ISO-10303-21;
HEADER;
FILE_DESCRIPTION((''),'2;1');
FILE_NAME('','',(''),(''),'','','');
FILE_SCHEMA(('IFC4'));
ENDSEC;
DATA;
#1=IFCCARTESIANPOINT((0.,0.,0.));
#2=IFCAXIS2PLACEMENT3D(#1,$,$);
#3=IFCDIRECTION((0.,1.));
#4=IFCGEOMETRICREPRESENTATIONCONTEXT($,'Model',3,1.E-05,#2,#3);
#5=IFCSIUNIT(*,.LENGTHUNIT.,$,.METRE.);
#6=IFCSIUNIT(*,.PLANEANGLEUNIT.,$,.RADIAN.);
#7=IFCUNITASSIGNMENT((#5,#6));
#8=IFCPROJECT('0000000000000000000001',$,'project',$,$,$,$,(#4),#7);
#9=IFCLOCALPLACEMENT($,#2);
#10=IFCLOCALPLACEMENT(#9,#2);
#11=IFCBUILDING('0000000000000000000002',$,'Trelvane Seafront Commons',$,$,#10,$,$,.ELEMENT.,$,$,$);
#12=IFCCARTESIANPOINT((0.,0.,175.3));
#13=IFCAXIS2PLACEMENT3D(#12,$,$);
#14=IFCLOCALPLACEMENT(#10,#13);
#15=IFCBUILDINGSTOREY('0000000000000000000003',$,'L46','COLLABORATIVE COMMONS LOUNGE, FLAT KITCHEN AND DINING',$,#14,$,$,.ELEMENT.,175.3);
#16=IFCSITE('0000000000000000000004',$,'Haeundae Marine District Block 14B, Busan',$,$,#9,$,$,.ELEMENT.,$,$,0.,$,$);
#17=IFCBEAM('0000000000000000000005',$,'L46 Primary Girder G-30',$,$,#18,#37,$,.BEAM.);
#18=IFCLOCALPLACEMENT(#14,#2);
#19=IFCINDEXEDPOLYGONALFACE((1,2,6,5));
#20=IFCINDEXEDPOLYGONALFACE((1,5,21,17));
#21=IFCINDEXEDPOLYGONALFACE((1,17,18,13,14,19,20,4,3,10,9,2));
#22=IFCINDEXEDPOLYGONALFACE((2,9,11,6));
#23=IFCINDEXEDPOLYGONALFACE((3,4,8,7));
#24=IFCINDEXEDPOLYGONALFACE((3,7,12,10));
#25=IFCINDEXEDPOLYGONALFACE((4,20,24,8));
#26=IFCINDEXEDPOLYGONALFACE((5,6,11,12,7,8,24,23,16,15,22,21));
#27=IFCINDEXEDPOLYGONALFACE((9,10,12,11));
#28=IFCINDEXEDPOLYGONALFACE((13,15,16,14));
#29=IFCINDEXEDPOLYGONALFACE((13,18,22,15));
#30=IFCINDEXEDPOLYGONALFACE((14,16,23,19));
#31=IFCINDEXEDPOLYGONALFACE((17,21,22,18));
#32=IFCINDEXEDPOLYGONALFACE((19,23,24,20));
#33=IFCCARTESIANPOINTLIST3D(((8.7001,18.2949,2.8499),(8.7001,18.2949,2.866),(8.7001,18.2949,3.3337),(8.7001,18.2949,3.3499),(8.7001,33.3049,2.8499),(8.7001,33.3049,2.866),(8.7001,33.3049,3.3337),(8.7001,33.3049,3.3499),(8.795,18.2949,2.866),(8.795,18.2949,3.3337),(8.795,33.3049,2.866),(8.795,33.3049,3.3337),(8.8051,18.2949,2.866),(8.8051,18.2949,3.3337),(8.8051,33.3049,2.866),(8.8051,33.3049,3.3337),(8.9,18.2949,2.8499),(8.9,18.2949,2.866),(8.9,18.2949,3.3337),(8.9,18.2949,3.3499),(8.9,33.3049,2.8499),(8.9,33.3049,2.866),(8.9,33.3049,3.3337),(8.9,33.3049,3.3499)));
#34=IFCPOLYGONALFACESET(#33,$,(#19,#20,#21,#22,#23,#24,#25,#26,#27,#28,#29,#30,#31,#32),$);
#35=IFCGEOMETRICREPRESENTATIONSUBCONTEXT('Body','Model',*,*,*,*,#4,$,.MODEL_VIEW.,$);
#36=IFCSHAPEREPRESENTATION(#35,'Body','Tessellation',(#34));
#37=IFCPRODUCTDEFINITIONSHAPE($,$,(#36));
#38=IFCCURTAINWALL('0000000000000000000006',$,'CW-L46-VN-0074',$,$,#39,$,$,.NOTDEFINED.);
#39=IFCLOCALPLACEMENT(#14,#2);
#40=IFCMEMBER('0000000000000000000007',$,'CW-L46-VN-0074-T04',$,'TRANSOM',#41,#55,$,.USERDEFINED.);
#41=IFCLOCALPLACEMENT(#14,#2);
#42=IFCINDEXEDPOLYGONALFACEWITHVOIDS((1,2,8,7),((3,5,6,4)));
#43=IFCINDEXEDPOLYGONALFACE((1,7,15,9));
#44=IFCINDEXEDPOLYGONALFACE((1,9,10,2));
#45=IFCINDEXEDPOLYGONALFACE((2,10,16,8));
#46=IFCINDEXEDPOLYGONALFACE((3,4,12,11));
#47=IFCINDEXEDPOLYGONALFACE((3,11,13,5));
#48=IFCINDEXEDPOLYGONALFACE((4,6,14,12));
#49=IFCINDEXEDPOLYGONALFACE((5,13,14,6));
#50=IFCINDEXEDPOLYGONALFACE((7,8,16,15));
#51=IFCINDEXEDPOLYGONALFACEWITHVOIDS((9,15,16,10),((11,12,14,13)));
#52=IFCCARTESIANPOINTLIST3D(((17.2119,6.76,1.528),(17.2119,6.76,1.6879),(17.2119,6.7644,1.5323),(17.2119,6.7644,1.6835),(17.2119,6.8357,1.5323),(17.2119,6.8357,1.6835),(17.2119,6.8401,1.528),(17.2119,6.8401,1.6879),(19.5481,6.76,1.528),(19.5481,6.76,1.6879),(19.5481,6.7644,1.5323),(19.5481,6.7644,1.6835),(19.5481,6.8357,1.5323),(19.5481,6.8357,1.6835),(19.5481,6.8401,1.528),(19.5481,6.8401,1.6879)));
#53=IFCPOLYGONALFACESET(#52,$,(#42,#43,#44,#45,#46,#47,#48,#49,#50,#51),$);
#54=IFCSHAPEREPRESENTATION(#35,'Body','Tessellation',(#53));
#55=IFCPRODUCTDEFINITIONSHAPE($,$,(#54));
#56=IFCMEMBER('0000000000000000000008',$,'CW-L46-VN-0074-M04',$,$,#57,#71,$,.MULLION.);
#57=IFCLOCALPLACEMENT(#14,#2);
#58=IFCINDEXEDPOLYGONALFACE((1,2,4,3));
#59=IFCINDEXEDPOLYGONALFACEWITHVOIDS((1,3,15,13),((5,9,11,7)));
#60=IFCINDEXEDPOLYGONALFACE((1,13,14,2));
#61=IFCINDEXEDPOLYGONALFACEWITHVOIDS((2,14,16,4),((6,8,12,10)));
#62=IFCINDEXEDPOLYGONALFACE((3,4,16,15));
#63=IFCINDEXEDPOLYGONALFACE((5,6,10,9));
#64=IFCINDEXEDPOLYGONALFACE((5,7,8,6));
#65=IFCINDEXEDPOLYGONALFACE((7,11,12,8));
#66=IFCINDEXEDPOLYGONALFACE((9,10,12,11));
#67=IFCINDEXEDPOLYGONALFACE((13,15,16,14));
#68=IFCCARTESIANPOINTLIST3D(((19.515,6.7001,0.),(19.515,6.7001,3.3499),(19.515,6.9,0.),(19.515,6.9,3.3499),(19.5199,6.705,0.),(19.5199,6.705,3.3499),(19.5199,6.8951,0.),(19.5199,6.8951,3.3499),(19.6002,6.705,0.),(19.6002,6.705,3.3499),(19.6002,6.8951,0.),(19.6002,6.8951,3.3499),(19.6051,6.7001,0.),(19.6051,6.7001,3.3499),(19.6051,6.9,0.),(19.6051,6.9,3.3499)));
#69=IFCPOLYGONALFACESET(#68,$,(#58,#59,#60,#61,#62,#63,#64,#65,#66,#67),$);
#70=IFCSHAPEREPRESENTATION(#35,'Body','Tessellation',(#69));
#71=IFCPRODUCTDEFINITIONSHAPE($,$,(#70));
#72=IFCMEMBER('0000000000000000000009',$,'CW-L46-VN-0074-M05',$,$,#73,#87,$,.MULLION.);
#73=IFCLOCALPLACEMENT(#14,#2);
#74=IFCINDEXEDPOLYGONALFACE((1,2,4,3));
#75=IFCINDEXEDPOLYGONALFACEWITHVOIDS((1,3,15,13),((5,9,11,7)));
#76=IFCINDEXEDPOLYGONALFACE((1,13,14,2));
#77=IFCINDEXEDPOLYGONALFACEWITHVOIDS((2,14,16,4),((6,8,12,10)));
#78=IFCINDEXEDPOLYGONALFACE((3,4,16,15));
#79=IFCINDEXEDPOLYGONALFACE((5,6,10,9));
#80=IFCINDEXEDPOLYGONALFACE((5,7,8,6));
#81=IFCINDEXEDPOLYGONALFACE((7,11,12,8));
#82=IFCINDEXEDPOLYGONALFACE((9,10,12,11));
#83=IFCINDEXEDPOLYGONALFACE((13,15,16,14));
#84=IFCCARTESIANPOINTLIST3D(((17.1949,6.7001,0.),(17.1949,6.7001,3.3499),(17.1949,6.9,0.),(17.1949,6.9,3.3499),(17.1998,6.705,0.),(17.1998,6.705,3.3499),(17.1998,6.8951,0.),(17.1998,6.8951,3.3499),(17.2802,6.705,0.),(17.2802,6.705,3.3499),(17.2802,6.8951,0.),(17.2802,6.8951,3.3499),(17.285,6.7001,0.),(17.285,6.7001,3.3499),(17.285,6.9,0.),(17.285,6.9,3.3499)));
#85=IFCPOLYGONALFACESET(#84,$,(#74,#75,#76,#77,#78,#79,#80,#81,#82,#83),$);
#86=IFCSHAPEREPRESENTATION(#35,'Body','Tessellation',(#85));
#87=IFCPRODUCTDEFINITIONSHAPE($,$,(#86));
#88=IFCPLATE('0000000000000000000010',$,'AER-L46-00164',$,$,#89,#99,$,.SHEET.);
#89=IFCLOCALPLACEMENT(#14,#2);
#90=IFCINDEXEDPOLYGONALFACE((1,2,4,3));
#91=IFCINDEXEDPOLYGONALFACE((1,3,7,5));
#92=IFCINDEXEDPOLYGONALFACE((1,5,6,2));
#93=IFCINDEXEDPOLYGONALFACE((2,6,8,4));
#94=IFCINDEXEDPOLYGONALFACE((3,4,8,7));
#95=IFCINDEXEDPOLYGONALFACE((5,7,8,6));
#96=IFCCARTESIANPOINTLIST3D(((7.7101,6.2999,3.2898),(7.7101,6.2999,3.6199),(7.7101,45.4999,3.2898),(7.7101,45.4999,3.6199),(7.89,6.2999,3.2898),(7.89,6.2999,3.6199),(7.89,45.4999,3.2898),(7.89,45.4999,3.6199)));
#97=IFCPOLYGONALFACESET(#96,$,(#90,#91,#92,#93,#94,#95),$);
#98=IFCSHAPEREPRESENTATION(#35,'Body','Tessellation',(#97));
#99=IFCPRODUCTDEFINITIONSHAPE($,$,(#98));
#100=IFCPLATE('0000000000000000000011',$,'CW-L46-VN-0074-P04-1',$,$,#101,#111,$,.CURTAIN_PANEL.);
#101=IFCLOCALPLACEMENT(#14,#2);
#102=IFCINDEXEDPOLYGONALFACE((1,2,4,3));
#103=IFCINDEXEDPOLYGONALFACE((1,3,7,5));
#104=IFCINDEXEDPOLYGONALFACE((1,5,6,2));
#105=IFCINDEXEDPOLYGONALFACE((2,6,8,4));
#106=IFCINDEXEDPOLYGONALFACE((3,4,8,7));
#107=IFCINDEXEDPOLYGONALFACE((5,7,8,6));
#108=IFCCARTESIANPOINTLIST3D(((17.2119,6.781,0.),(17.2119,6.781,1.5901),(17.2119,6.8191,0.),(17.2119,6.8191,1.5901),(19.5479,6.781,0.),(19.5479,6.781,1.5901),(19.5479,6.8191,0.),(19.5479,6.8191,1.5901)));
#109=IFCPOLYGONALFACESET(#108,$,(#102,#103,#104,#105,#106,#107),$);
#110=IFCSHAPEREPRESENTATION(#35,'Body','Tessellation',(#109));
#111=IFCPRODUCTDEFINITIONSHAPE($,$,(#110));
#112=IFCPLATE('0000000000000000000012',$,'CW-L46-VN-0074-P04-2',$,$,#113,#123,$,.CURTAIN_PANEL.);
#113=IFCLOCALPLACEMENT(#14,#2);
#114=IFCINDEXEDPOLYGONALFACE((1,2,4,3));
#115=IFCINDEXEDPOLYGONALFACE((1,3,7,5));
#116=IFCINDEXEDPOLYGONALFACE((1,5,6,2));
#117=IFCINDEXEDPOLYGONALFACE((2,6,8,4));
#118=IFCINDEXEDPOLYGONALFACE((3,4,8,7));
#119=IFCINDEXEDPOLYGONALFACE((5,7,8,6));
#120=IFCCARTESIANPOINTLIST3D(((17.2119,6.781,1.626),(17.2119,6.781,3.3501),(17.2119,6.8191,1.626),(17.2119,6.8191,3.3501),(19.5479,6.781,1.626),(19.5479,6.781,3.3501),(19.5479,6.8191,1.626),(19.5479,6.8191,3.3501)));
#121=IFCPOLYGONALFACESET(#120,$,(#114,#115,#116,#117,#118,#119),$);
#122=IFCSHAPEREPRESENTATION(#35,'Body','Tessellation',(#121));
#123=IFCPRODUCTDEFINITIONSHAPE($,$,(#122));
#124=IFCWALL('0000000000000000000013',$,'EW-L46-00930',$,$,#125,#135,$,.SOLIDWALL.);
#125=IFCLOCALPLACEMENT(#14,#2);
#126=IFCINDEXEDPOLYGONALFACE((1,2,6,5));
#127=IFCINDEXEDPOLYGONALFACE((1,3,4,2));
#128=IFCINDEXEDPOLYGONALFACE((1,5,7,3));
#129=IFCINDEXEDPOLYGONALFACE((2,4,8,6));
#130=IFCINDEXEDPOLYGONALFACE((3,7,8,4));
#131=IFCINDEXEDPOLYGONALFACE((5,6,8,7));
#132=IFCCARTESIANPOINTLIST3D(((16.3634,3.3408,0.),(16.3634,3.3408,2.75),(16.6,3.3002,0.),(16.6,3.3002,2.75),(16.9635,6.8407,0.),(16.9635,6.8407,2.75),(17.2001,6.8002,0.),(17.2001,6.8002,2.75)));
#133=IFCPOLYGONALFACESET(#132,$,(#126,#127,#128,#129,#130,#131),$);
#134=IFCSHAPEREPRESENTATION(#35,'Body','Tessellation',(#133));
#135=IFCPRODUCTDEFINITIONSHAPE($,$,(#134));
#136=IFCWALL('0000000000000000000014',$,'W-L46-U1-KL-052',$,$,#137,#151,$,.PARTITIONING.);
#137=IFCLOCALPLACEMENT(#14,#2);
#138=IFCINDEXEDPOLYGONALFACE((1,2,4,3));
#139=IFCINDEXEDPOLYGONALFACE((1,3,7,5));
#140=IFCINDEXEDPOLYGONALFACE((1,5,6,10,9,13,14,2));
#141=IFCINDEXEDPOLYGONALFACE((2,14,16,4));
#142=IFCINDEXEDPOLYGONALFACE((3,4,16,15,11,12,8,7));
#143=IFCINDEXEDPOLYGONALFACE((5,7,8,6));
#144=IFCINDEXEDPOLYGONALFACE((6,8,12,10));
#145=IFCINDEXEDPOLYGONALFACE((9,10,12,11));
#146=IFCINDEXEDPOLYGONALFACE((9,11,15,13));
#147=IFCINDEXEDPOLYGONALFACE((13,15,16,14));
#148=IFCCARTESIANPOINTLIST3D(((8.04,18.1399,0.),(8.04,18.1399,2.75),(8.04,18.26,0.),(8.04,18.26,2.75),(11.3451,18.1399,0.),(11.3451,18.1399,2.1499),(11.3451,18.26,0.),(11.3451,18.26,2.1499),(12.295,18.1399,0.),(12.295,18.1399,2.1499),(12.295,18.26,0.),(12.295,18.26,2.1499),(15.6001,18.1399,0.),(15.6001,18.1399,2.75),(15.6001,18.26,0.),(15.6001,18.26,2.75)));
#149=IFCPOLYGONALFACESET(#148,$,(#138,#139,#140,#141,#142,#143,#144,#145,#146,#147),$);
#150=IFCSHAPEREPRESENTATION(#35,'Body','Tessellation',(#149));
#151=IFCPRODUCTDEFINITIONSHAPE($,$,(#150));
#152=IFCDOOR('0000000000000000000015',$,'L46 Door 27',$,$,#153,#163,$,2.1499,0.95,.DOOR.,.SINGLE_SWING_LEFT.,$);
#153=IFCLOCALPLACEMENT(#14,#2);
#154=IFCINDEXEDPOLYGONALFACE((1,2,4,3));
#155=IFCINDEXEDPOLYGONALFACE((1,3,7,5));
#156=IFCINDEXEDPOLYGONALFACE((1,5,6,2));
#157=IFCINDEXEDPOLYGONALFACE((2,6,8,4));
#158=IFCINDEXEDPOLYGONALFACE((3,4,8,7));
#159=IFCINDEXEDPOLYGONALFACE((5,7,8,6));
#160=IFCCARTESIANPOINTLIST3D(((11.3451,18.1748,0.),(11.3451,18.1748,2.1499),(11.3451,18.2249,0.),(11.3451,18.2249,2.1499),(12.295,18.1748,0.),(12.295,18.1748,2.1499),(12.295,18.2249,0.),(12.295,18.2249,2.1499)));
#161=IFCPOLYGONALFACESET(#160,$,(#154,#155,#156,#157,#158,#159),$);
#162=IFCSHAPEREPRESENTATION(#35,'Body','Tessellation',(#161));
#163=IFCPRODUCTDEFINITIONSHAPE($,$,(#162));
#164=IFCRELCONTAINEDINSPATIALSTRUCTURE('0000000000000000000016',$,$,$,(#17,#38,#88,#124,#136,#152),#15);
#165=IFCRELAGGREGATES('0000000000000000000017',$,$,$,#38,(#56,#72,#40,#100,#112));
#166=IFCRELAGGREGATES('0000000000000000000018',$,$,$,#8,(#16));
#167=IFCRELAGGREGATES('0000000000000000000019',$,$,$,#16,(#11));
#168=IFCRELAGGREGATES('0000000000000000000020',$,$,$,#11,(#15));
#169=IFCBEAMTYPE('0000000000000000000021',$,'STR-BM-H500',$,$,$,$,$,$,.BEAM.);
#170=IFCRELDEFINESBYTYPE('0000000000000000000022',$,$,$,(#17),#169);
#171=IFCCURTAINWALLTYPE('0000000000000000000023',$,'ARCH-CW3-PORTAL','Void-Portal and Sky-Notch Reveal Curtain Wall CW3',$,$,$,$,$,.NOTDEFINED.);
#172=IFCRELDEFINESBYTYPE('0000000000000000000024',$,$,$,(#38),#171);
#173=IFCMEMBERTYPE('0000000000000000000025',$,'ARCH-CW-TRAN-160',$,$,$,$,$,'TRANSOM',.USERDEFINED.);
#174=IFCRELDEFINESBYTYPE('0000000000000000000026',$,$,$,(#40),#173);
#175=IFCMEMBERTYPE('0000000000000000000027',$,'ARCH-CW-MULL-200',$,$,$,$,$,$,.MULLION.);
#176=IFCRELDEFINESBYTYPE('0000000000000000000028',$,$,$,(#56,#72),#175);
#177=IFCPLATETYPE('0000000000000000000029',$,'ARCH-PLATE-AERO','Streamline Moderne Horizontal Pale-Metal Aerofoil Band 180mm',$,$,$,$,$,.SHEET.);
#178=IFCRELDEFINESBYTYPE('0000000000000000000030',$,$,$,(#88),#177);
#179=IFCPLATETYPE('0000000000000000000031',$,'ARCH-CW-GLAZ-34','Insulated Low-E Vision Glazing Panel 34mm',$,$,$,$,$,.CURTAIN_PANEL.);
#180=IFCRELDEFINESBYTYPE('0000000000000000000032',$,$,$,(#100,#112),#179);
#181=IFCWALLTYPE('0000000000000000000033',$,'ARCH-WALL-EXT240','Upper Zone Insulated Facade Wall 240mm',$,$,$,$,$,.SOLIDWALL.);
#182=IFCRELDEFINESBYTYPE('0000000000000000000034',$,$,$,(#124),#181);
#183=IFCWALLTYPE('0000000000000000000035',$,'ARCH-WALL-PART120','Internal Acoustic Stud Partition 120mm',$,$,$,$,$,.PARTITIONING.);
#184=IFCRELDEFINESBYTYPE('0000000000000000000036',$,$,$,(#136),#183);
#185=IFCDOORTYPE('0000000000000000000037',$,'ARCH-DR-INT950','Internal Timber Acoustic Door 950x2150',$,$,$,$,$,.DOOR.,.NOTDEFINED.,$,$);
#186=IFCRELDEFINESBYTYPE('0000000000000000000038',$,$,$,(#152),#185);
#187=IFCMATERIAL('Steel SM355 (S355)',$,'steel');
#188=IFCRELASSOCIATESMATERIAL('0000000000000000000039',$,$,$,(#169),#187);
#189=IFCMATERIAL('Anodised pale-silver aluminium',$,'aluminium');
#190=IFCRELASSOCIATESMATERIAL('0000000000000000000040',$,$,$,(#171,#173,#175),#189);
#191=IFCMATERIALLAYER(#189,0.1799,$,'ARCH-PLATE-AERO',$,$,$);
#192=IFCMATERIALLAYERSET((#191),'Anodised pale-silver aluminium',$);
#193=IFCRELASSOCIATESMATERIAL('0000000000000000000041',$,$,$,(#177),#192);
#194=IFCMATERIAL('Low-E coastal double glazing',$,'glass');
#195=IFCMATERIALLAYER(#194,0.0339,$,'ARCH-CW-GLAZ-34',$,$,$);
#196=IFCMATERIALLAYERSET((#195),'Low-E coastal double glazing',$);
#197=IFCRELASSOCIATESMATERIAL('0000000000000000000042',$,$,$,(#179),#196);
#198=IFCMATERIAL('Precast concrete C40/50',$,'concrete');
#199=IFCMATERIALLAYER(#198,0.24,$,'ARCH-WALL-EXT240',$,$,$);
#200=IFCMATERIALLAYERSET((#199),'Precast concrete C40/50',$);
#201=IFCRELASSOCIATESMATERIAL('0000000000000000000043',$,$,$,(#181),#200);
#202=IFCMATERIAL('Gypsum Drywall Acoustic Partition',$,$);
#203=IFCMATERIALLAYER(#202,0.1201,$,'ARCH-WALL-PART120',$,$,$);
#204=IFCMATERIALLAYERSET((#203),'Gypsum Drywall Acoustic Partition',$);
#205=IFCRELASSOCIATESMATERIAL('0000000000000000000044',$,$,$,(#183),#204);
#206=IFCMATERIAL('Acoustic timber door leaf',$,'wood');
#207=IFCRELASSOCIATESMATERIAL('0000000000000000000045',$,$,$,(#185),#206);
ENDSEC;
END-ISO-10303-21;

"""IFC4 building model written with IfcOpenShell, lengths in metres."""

from ifc_helpers import new_model, si_unit, direction, frame, frame_2d, origin, origin_2d, place, context, subcontext, project, spatial, rectangle, hollow_rectangle, i_section, extrude, source, transform, mapped, material, layer, layer_set, material_profile, profile_set, type_object, element, fill, aggregate, save


model = new_model("IFC4")

# Units and contexts
model_context = context("Model", 3, precision=1e-05, world=origin(), true_north=direction((0.0, 1.0)))
body_context = subcontext(model_context, "Body", "Model", "MODEL_VIEW")
ifc_project = project(units=[si_unit("LENGTHUNIT", "METRE"), si_unit("PLANEANGLEUNIT", "RADIAN")], contexts=[model_context])

# Site, building, storey
site_placement = place(None, origin())
site = spatial("IfcSite", under=ifc_project, at=site_placement, Name="Haeundae Marine District Block 14B, Busan", CompositionType="ELEMENT", RefElevation=0.0)
building_placement = place(site_placement, origin())
building = spatial("IfcBuilding", under=site, at=building_placement, Name="Trelvane Seafront Commons", CompositionType="ELEMENT")
storey_placement = place(building_placement, frame((0.0, 0.0, 175.3)))
storey = spatial("IfcBuildingStorey", under=building, at=storey_placement, Name="L46", Description="COLLABORATIVE COMMONS LOUNGE, FLAT KITCHEN AND DINING", CompositionType="ELEMENT", Elevation=175.3)

# Shared definitions
ifc_material_1 = material(Name="Steel SM355 (S355)", Category="steel")

# Beam
ifc_material_profile_1 = material_profile(ifc_material_1, i_section(OverallWidth=0.2, OverallDepth=0.5, WebThickness=0.01, FlangeThickness=0.0161, at=origin_2d()), Name="H-500x200x10x16")
ifc_profile_set_1 = profile_set([ifc_material_profile_1], Name="Steel SM355 (S355)")
beam_type_1 = type_object("IfcBeamType", Name="STR-BM-H500", PredefinedType="BEAM", material=ifc_profile_set_1)
shared_shape_1 = source(origin(), body_context, "Body", "SweptSolid", [
    extrude(i_section(OverallWidth=0.2, OverallDepth=0.5, WebThickness=0.01, FlangeThickness=0.0161, at=origin_2d()), origin(), (0.0, 0.0, 1.0), 15.01),
])
beam_1_placement = place(storey_placement, frame((8.8, 18.2949, 3.0999), z_axis=(0.0, 1.0, 0.0), x_axis=(-1.0, 0.0, 0.0)))
element("IfcBeam", 1, at=beam_1_placement, inside=storey, type_object=beam_type_1, Name="L46 Primary Girder G-30", PredefinedType="BEAM", context=body_context, shape_type="MappedRepresentation", body=[
    mapped(shared_shape_1, transform((0.0, 0.0, 0.0), x_axis=(1.0, 0.0, 0.0), y_axis=(0.0, 1.0, 0.0), z_axis=(0.0, 0.0, 1.0), scale=1.0)),
])

# Curtain wall, members
ifc_material_2 = material(Name="Anodised pale-silver aluminium", Category="aluminium")
curtain_wall_type = type_object("IfcCurtainWallType", Name="ARCH-CW3-PORTAL", Description="Void-Portal and Sky-Notch Reveal Curtain Wall CW3", PredefinedType="NOTDEFINED", material=ifc_material_2)
curtain_wall_placement = place(storey_placement, origin())
curtain_wall = element("IfcCurtainWall", 2, at=curtain_wall_placement, inside=storey, type_object=curtain_wall_type, Name="CW-L46-VN-0074", PredefinedType="NOTDEFINED")
ifc_material_profile_2 = material_profile(ifc_material_2, hollow_rectangle(XDim=0.0801, YDim=0.1599, WallThickness=0.0044, at=origin_2d()), Name="TRAN-80x160x4.5")
ifc_profile_set_2 = profile_set([ifc_material_profile_2], Name="Anodised pale-silver aluminium")
member_type_1 = type_object("IfcMemberType", Name="ARCH-CW-TRAN-160", ElementType="TRANSOM", PredefinedType="USERDEFINED", material=ifc_profile_set_2)
shared_shape_2 = source(origin(), body_context, "Body", "SweptSolid", [
    extrude(hollow_rectangle(XDim=0.0801, YDim=0.1599, WallThickness=0.0044, at=origin_2d()), origin(), (0.0, 0.0, 1.0), 2.3362),
])
member_1_placement = place(storey_placement, frame((19.5481, 6.8, 1.6079), z_axis=(-1.0, 0.0, 0.0), x_axis=(0.0, -1.0, 0.0)))
member_1 = element("IfcMember", 3, at=member_1_placement, type_object=member_type_1, Name="CW-L46-VN-0074-T04", ObjectType="TRANSOM", PredefinedType="USERDEFINED", context=body_context, shape_type="MappedRepresentation", body=[
    mapped(shared_shape_2, transform((0.0, 0.0, 0.0), x_axis=(1.0, 0.0, 0.0), y_axis=(0.0, 1.0, 0.0), z_axis=(0.0, 0.0, 1.0), scale=1.0)),
])
ifc_material_profile_3 = material_profile(ifc_material_2, hollow_rectangle(XDim=0.0901, YDim=0.2, WallThickness=0.0049, at=origin_2d()), Name="MULL-90x200x5")
ifc_profile_set_3 = profile_set([ifc_material_profile_3], Name="Anodised pale-silver aluminium")
member_type_2 = type_object("IfcMemberType", Name="ARCH-CW-MULL-200", PredefinedType="MULLION", material=ifc_profile_set_3)
shared_shape_3 = source(origin(), body_context, "Body", "SweptSolid", [
    extrude(hollow_rectangle(XDim=0.0901, YDim=0.2, WallThickness=0.0049, at=origin_2d()), origin(), (0.0, 0.0, 1.0), 3.3499),
])
member_2_placement = place(storey_placement, frame((19.5601, 6.8, 0.0), z_axis=(0.0, 0.0, 1.0), x_axis=(1.0, 0.0, 0.0)))
member_2 = element("IfcMember", 4, at=member_2_placement, type_object=member_type_2, Name="CW-L46-VN-0074-M04", PredefinedType="MULLION", context=body_context, shape_type="MappedRepresentation", body=[
    mapped(shared_shape_3, transform((0.0, 0.0, 0.0), x_axis=(1.0, 0.0, 0.0), y_axis=(0.0, 1.0, 0.0), z_axis=(0.0, 0.0, 1.0), scale=1.0)),
])
member_3_placement = place(storey_placement, frame((17.24, 6.8, 0.0), z_axis=(0.0, 0.0, 1.0), x_axis=(1.0, 0.0, 0.0)))
member_3 = element("IfcMember", 5, at=member_3_placement, type_object=member_type_2, Name="CW-L46-VN-0074-M05", PredefinedType="MULLION", context=body_context, shape_type="MappedRepresentation", body=[
    mapped(shared_shape_3, transform((0.0, 0.0, 0.0), x_axis=(1.0, 0.0, 0.0), y_axis=(0.0, 1.0, 0.0), z_axis=(0.0, 0.0, 1.0), scale=1.0)),
])

# Plates
ifc_layer_1 = layer(ifc_material_2, 0.1799, Name="ARCH-PLATE-AERO")
ifc_layer_set_1 = layer_set([ifc_layer_1], Name="Anodised pale-silver aluminium")
plate_type_1 = type_object("IfcPlateType", Name="ARCH-PLATE-AERO", Description="Streamline Moderne Horizontal Pale-Metal Aerofoil Band 180mm", PredefinedType="SHEET", material=ifc_layer_set_1)
shared_shape_4 = source(origin(), body_context, "Body", "SweptSolid", [
    extrude(rectangle(XDim=39.2, YDim=0.1799, at=origin_2d()), origin(), (0.0, 0.0, 1.0), 0.3301),
])
plate_1_placement = place(storey_placement, frame((7.8, 25.8999, 3.2898), z_axis=(0.0, 0.0, 1.0), x_axis=(0.0, 1.0, 0.0)))
element("IfcPlate", 6, at=plate_1_placement, inside=storey, type_object=plate_type_1, Name="AER-L46-00164", PredefinedType="SHEET", context=body_context, shape_type="MappedRepresentation", body=[
    mapped(shared_shape_4, transform((0.0, 0.0, 0.0), x_axis=(1.0, 0.0, 0.0), y_axis=(0.0, 1.0, 0.0), z_axis=(0.0, 0.0, 1.0), scale=1.0)),
])
ifc_material_3 = material(Name="Low-E coastal double glazing", Category="glass")
ifc_layer_2 = layer(ifc_material_3, 0.0339, Name="ARCH-CW-GLAZ-34")
ifc_layer_set_2 = layer_set([ifc_layer_2], Name="Low-E coastal double glazing")
plate_type_2 = type_object("IfcPlateType", Name="ARCH-CW-GLAZ-34", Description="Insulated Low-E Vision Glazing Panel 34mm", PredefinedType="CURTAIN_PANEL", material=ifc_layer_set_2)
shared_shape_5 = source(origin(), body_context, "Body", "SweptSolid", [
    extrude(rectangle(XDim=2.3359, YDim=0.0381, at=origin_2d()), origin(), (0.0, 0.0, 1.0), 1.5901),
])
plate_2_placement = place(storey_placement, frame((18.3799, 6.8, 0.0), z_axis=(0.0, 0.0, 1.0), x_axis=(-1.0, 0.0, 0.0)))
plate_2 = element("IfcPlate", 7, at=plate_2_placement, type_object=plate_type_2, Name="CW-L46-VN-0074-P04-1", PredefinedType="CURTAIN_PANEL", context=body_context, shape_type="MappedRepresentation", body=[
    mapped(shared_shape_5, transform((0.0, 0.0, 0.0), x_axis=(1.0, 0.0, 0.0), y_axis=(0.0, 1.0, 0.0), z_axis=(0.0, 0.0, 1.0), scale=1.0)),
])
shared_shape_6 = source(origin(), body_context, "Body", "SweptSolid", [
    extrude(rectangle(XDim=2.3359, YDim=0.0381, at=origin_2d()), origin(), (0.0, 0.0, 1.0), 1.7241),
])
plate_3_placement = place(storey_placement, frame((18.3799, 6.8, 1.626), z_axis=(0.0, 0.0, 1.0), x_axis=(-1.0, 0.0, 0.0)))
plate_3 = element("IfcPlate", 8, at=plate_3_placement, type_object=plate_type_2, Name="CW-L46-VN-0074-P04-2", PredefinedType="CURTAIN_PANEL", context=body_context, shape_type="MappedRepresentation", body=[
    mapped(shared_shape_6, transform((0.0, 0.0, 0.0), x_axis=(1.0, 0.0, 0.0), y_axis=(0.0, 1.0, 0.0), z_axis=(0.0, 0.0, 1.0), scale=1.0)),
])
aggregate(curtain_wall, [member_2, member_3, member_1, plate_2, plate_3])

# Wall
ifc_material_4 = material(Name="Precast concrete C40/50", Category="concrete")
ifc_layer_3 = layer(ifc_material_4, 0.24, Name="ARCH-WALL-EXT240")
ifc_layer_set_3 = layer_set([ifc_layer_3], Name="Precast concrete C40/50")
wall_type_1 = type_object("IfcWallType", Name="ARCH-WALL-EXT240", Description="Upper Zone Insulated Facade Wall 240mm", PredefinedType="SOLIDWALL", material=ifc_layer_set_3)
wall_1_placement = place(storey_placement, frame((17.0818, 6.8203, 0.0), z_axis=(0.0, 0.0, 1.0), x_axis=(-0.168991, -0.985618, 0.0)))
element("IfcWall", 9, at=wall_1_placement, inside=storey, type_object=wall_type_1, Name="EW-L46-00930", PredefinedType="SOLIDWALL", context=body_context, shape_type="SweptSolid", body=[
    extrude(rectangle(XDim=3.551, YDim=0.24, at=frame_2d((1.7754, 0.0))), origin(), (0.0, 0.0, 1.0), 2.75),
])

# Wall, opening, door
ifc_material_5 = material(Name="Gypsum Drywall Acoustic Partition")
ifc_layer_4 = layer(ifc_material_5, 0.1201, Name="ARCH-WALL-PART120")
ifc_layer_set_4 = layer_set([ifc_layer_4], Name="Gypsum Drywall Acoustic Partition")
wall_type_2 = type_object("IfcWallType", Name="ARCH-WALL-PART120", Description="Internal Acoustic Stud Partition 120mm", PredefinedType="PARTITIONING", material=ifc_layer_set_4)
wall_2_placement = place(storey_placement, frame((8.04, 18.2, 0.0), z_axis=(0.0, 0.0, 1.0), x_axis=(1.0, 0.0, 0.0)))
wall_2 = element("IfcWall", 10, at=wall_2_placement, inside=storey, type_object=wall_type_2, Name="W-L46-U1-KL-052", PredefinedType="PARTITIONING", context=body_context, shape_type="SweptSolid", body=[
    extrude(rectangle(XDim=7.5601, YDim=0.1201, at=frame_2d((3.78, 0.0))), origin(), (0.0, 0.0, 1.0), 2.75),
])
opening_1_placement = place(wall_2_placement, frame((3.3049, 0.0, 0.0)))
opening_1 = element("IfcOpeningElement", 11, at=opening_1_placement, cuts=wall_2, PredefinedType="OPENING", context=body_context, shape_type="SweptSolid", body=[
    extrude(rectangle(XDim=0.95, YDim=2.1499, at=frame_2d((0.4751, 1.075))), frame((0.0, 0.0701, 0.0), z_axis=(0.0, -1.0, 0.0), x_axis=(1.0, 0.0, 0.0)), (0.0, 0.0, 1.0), 0.1401),
])
ifc_material_6 = material(Name="Acoustic timber door leaf", Category="wood")
door_type = type_object("IfcDoorType", Name="ARCH-DR-INT950", Description="Internal Timber Acoustic Door 950x2150", OperationType="NOTDEFINED", PredefinedType="DOOR", material=ifc_material_6)
shared_shape_7 = source(origin(), body_context, "Body", "SweptSolid", [
    extrude(rectangle(XDim=0.95, YDim=2.1499, at=frame_2d((0.4751, 1.075))), frame((0.0, 0.0249, 0.0), z_axis=(0.0, -1.0, 0.0), x_axis=(1.0, 0.0, 0.0)), (0.0, 0.0, 1.0), 0.05),
])
door_1_placement = place(opening_1_placement, origin())
door_1 = element("IfcDoor", 12, at=door_1_placement, inside=storey, type_object=door_type, Name="L46 Door 27", OperationType="SINGLE_SWING_LEFT", OverallHeight=2.1499, OverallWidth=0.95, PredefinedType="DOOR", context=body_context, shape_type="MappedRepresentation", body=[
    mapped(shared_shape_7, transform((0.0, 0.0, 0.0), x_axis=(1.0, 0.0, 0.0), y_axis=(0.0, 1.0, 0.0), z_axis=(0.0, 0.0, 1.0), scale=1.0)),
])
fill(opening_1, door_1)

save(model, "model.ifc")
